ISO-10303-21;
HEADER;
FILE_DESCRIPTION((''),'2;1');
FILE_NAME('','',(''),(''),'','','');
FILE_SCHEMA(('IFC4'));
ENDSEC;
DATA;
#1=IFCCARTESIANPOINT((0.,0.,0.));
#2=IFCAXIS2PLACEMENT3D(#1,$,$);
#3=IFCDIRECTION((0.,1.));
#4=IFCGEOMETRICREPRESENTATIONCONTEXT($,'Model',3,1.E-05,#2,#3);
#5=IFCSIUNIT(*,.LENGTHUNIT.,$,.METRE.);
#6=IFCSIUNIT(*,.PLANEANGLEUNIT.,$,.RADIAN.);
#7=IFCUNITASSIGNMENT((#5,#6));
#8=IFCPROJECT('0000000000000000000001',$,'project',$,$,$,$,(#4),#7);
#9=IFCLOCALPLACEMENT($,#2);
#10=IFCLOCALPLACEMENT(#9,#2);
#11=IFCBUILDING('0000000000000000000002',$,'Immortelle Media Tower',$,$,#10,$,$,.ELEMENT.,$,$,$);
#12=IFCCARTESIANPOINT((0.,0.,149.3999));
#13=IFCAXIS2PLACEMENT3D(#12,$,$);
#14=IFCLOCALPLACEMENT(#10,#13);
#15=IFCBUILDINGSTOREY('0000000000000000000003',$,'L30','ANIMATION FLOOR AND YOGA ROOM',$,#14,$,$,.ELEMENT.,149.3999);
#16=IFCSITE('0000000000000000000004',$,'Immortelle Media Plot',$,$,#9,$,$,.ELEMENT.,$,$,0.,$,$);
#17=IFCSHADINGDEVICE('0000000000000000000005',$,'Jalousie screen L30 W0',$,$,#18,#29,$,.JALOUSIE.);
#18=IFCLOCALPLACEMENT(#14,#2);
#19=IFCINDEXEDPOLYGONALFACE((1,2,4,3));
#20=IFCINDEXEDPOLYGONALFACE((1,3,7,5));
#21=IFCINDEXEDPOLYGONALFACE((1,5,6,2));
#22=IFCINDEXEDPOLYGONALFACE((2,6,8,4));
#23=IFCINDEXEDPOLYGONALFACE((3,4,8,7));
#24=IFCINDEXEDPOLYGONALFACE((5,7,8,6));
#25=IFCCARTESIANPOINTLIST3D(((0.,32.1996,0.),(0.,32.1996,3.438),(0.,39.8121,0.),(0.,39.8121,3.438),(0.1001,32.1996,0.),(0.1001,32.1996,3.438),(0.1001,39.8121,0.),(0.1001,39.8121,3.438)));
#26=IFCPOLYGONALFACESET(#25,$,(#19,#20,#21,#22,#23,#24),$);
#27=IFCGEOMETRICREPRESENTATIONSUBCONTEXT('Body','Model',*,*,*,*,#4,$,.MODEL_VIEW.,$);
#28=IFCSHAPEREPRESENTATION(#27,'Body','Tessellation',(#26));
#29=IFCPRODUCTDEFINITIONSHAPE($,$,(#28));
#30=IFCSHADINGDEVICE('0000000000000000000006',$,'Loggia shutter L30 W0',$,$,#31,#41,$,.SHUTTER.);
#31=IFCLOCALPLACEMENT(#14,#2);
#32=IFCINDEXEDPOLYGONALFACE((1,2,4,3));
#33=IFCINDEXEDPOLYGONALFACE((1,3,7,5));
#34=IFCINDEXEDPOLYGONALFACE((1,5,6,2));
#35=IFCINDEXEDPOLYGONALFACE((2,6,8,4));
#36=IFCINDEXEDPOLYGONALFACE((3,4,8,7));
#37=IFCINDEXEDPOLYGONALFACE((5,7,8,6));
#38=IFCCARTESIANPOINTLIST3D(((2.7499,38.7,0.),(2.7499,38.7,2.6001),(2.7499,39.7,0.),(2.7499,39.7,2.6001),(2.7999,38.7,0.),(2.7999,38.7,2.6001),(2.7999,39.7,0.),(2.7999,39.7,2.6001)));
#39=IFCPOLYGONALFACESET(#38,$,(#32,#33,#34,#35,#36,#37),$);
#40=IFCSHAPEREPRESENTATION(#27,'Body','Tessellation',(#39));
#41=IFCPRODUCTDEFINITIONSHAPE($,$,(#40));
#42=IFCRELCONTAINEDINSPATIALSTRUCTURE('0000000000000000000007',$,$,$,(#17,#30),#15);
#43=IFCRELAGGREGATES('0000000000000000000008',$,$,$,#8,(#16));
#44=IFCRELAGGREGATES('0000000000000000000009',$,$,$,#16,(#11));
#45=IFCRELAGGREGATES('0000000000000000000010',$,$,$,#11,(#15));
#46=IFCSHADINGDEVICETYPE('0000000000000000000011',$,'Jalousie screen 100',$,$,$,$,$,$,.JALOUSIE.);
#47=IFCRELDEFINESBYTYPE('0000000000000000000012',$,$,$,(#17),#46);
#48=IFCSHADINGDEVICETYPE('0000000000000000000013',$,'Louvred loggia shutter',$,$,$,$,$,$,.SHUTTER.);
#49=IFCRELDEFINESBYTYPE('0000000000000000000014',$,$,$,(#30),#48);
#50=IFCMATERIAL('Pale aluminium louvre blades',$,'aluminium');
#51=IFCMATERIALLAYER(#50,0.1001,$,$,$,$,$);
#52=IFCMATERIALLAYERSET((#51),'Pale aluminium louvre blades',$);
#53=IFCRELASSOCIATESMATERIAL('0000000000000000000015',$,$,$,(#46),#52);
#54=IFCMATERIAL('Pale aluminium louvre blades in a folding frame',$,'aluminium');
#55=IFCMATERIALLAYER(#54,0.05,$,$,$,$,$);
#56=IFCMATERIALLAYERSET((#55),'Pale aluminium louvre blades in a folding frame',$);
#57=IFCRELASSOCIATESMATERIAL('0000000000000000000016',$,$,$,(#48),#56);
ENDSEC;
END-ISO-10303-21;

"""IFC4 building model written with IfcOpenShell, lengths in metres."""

from ifc_helpers import new_model, si_unit, direction, frame, origin, origin_2d, place, context, subcontext, project, spatial, rectangle, extrude, material, layer, layer_set, type_object, element, save


model = new_model("IFC4")

# Units and contexts
model_context = context("Model", 3, precision=1e-05, world=origin(), true_north=direction((0.0, 1.0)))
body_context = subcontext(model_context, "Body", "Model", "MODEL_VIEW")
ifc_project = project(units=[si_unit("LENGTHUNIT", "METRE"), si_unit("PLANEANGLEUNIT", "RADIAN")], contexts=[model_context])

# Site, building, storey
site_placement = place(None, origin())
site = spatial("IfcSite", under=ifc_project, at=site_placement, Name="Immortelle Media Plot", CompositionType="ELEMENT", RefElevation=0.0)
building_placement = place(site_placement, origin())
building = spatial("IfcBuilding", under=site, at=building_placement, Name="Immortelle Media Tower", CompositionType="ELEMENT")
storey_placement = place(building_placement, frame((0.0, 0.0, 149.3999)))
storey = spatial("IfcBuildingStorey", under=building, at=storey_placement, Name="L30", Description="ANIMATION FLOOR AND YOGA ROOM", CompositionType="ELEMENT", Elevation=149.3999)

# Shading devices
ifc_material_1 = material(Name="Pale aluminium louvre blades", Category="aluminium")
ifc_layer_1 = layer(ifc_material_1, 0.1001)
ifc_layer_set_1 = layer_set([ifc_layer_1], Name="Pale aluminium louvre blades")
shading_device_type_1 = type_object("IfcShadingDeviceType", Name="Jalousie screen 100", PredefinedType="JALOUSIE", material=ifc_layer_set_1)
shading_device_1_placement = place(storey_placement, frame((0.05, 36.0059, 0.0), z_axis=(0.0, 0.0, 1.0), x_axis=(0.0, -1.0, 0.0)))
element("IfcShadingDevice", 1, at=shading_device_1_placement, inside=storey, type_object=shading_device_type_1, Name="Jalousie screen L30 W0", PredefinedType="JALOUSIE", context=body_context, shape_type="SweptSolid", body=[
    extrude(rectangle(XDim=7.6125, YDim=0.1001, at=origin_2d()), origin(), (0.0, 0.0, 1.0), 3.438),
])
ifc_material_2 = material(Name="Pale aluminium louvre blades in a folding frame", Category="aluminium")
ifc_layer_2 = layer(ifc_material_2, 0.05)
ifc_layer_set_2 = layer_set([ifc_layer_2], Name="Pale aluminium louvre blades in a folding frame")
shading_device_type_2 = type_object("IfcShadingDeviceType", Name="Louvred loggia shutter", PredefinedType="SHUTTER", material=ifc_layer_set_2)
shading_device_2_placement = place(storey_placement, frame((2.7749, 39.2, 0.0), z_axis=(0.0, 0.0, 1.0), x_axis=(0.0, -1.0, 0.0)))
element("IfcShadingDevice", 2, at=shading_device_2_placement, inside=storey, type_object=shading_device_type_2, Name="Loggia shutter L30 W0", PredefinedType="SHUTTER", context=body_context, shape_type="SweptSolid", body=[
    extrude(rectangle(XDim=1.0, YDim=0.05, at=origin_2d()), origin(), (0.0, 0.0, 1.0), 2.6001),
])

save(model, "model.ifc")
